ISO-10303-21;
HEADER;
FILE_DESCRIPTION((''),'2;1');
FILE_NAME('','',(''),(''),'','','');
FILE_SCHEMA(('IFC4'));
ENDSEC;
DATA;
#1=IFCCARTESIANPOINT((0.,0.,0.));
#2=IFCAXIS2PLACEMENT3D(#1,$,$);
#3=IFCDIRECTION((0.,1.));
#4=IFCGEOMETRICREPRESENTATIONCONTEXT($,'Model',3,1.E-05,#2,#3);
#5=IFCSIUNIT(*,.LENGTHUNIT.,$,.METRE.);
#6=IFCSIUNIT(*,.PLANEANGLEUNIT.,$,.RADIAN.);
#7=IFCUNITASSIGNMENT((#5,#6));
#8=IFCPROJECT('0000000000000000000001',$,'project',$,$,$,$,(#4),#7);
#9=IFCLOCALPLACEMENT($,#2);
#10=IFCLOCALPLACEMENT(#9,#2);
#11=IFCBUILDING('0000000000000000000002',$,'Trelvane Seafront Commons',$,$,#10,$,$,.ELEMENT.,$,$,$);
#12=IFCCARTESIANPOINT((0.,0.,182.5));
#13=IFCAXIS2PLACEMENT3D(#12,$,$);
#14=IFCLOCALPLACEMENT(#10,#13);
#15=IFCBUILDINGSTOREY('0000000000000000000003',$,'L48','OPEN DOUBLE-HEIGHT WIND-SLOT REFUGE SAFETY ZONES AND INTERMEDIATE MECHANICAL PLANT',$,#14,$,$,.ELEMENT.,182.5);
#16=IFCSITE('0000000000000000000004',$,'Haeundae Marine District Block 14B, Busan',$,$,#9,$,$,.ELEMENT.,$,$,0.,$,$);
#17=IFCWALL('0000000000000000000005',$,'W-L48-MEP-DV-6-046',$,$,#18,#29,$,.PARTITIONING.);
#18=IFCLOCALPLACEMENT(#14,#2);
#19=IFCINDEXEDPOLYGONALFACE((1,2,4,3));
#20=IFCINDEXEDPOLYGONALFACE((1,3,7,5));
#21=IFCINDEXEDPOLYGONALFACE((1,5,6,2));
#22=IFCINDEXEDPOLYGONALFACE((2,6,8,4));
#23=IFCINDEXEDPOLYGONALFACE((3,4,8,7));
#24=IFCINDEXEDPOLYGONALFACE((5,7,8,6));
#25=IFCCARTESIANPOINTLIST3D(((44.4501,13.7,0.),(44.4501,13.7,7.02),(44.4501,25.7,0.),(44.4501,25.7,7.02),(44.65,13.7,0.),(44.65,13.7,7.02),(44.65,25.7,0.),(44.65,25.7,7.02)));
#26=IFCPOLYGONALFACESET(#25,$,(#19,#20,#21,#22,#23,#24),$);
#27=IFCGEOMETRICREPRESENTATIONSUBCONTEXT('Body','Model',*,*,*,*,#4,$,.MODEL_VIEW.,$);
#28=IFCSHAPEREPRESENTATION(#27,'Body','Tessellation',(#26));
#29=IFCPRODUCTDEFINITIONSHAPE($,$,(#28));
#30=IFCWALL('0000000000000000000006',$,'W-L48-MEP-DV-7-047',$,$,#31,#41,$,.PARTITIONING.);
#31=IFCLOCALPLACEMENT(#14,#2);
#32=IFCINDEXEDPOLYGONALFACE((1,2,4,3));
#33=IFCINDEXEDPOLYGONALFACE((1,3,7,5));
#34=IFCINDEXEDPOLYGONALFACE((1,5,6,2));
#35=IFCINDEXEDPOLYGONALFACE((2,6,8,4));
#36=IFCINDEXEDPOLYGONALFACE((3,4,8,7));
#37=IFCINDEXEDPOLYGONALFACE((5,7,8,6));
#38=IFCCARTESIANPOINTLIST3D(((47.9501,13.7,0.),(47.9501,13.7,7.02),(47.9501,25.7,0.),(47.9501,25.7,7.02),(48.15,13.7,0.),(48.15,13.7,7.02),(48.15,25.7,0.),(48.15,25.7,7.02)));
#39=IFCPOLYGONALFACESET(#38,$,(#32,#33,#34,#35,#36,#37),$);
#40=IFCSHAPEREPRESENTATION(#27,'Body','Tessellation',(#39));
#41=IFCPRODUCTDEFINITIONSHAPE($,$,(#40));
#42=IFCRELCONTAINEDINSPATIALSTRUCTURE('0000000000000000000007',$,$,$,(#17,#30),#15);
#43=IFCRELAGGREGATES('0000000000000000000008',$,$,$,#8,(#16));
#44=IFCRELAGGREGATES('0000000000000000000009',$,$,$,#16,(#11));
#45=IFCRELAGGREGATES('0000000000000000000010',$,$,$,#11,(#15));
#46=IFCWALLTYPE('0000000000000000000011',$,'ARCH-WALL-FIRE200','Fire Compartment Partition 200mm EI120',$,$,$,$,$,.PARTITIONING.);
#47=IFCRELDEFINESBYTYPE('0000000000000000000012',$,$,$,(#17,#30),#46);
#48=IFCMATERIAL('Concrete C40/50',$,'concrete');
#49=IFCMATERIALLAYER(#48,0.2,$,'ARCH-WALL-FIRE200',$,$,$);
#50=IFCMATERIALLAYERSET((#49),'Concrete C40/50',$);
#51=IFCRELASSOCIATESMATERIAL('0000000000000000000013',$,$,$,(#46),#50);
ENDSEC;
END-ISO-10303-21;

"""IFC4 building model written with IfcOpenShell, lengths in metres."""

from ifc_helpers import new_model, si_unit, direction, frame, frame_2d, origin, place, context, subcontext, project, spatial, rectangle, extrude, material, layer, layer_set, type_object, element, save


model = new_model("IFC4")

# Units and contexts
model_context = context("Model", 3, precision=1e-05, world=origin(), true_north=direction((0.0, 1.0)))
body_context = subcontext(model_context, "Body", "Model", "MODEL_VIEW")
ifc_project = project(units=[si_unit("LENGTHUNIT", "METRE"), si_unit("PLANEANGLEUNIT", "RADIAN")], contexts=[model_context])

# Site, building, storey
site_placement = place(None, origin())
site = spatial("IfcSite", under=ifc_project, at=site_placement, Name="Haeundae Marine District Block 14B, Busan", CompositionType="ELEMENT", RefElevation=0.0)
building_placement = place(site_placement, origin())
building = spatial("IfcBuilding", under=site, at=building_placement, Name="Trelvane Seafront Commons", CompositionType="ELEMENT")
storey_placement = place(building_placement, frame((0.0, 0.0, 182.5)))
storey = spatial("IfcBuildingStorey", under=building, at=storey_placement, Name="L48", Description="OPEN DOUBLE-HEIGHT WIND-SLOT REFUGE SAFETY ZONES AND INTERMEDIATE MECHANICAL PLANT", CompositionType="ELEMENT", Elevation=182.5)

# Walls
ifc_material_1 = material(Name="Concrete C40/50", Category="concrete")
ifc_layer_1 = layer(ifc_material_1, 0.2, Name="ARCH-WALL-FIRE200")
ifc_layer_set_1 = layer_set([ifc_layer_1], Name="Concrete C40/50")
wall_type = type_object("IfcWallType", Name="ARCH-WALL-FIRE200", Description="Fire Compartment Partition 200mm EI120", PredefinedType="PARTITIONING", material=ifc_layer_set_1)
for number, where, z_axis, x_axis, name in (
    (1, (44.55, 13.7, 0.0), (0.0, 0.0, 1.0), (0.0, 1.0, 0.0), "W-L48-MEP-DV-6-046"),
    (2, (48.05, 13.7, 0.0), (0.0, 0.0, 1.0), (0.0, 1.0, 0.0), "W-L48-MEP-DV-7-047"),
):
    element("IfcWall", number, at=place(storey_placement, frame(where, z_axis=z_axis, x_axis=x_axis)), inside=storey, type_object=wall_type, Name=name, PredefinedType="PARTITIONING", context=body_context, shape_type="SweptSolid", body=[
        extrude(rectangle(XDim=12.0, YDim=0.2, at=frame_2d((6.0, 0.0))), origin(), (0.0, 0.0, 1.0), 7.02),
    ])

save(model, "model.ifc")
